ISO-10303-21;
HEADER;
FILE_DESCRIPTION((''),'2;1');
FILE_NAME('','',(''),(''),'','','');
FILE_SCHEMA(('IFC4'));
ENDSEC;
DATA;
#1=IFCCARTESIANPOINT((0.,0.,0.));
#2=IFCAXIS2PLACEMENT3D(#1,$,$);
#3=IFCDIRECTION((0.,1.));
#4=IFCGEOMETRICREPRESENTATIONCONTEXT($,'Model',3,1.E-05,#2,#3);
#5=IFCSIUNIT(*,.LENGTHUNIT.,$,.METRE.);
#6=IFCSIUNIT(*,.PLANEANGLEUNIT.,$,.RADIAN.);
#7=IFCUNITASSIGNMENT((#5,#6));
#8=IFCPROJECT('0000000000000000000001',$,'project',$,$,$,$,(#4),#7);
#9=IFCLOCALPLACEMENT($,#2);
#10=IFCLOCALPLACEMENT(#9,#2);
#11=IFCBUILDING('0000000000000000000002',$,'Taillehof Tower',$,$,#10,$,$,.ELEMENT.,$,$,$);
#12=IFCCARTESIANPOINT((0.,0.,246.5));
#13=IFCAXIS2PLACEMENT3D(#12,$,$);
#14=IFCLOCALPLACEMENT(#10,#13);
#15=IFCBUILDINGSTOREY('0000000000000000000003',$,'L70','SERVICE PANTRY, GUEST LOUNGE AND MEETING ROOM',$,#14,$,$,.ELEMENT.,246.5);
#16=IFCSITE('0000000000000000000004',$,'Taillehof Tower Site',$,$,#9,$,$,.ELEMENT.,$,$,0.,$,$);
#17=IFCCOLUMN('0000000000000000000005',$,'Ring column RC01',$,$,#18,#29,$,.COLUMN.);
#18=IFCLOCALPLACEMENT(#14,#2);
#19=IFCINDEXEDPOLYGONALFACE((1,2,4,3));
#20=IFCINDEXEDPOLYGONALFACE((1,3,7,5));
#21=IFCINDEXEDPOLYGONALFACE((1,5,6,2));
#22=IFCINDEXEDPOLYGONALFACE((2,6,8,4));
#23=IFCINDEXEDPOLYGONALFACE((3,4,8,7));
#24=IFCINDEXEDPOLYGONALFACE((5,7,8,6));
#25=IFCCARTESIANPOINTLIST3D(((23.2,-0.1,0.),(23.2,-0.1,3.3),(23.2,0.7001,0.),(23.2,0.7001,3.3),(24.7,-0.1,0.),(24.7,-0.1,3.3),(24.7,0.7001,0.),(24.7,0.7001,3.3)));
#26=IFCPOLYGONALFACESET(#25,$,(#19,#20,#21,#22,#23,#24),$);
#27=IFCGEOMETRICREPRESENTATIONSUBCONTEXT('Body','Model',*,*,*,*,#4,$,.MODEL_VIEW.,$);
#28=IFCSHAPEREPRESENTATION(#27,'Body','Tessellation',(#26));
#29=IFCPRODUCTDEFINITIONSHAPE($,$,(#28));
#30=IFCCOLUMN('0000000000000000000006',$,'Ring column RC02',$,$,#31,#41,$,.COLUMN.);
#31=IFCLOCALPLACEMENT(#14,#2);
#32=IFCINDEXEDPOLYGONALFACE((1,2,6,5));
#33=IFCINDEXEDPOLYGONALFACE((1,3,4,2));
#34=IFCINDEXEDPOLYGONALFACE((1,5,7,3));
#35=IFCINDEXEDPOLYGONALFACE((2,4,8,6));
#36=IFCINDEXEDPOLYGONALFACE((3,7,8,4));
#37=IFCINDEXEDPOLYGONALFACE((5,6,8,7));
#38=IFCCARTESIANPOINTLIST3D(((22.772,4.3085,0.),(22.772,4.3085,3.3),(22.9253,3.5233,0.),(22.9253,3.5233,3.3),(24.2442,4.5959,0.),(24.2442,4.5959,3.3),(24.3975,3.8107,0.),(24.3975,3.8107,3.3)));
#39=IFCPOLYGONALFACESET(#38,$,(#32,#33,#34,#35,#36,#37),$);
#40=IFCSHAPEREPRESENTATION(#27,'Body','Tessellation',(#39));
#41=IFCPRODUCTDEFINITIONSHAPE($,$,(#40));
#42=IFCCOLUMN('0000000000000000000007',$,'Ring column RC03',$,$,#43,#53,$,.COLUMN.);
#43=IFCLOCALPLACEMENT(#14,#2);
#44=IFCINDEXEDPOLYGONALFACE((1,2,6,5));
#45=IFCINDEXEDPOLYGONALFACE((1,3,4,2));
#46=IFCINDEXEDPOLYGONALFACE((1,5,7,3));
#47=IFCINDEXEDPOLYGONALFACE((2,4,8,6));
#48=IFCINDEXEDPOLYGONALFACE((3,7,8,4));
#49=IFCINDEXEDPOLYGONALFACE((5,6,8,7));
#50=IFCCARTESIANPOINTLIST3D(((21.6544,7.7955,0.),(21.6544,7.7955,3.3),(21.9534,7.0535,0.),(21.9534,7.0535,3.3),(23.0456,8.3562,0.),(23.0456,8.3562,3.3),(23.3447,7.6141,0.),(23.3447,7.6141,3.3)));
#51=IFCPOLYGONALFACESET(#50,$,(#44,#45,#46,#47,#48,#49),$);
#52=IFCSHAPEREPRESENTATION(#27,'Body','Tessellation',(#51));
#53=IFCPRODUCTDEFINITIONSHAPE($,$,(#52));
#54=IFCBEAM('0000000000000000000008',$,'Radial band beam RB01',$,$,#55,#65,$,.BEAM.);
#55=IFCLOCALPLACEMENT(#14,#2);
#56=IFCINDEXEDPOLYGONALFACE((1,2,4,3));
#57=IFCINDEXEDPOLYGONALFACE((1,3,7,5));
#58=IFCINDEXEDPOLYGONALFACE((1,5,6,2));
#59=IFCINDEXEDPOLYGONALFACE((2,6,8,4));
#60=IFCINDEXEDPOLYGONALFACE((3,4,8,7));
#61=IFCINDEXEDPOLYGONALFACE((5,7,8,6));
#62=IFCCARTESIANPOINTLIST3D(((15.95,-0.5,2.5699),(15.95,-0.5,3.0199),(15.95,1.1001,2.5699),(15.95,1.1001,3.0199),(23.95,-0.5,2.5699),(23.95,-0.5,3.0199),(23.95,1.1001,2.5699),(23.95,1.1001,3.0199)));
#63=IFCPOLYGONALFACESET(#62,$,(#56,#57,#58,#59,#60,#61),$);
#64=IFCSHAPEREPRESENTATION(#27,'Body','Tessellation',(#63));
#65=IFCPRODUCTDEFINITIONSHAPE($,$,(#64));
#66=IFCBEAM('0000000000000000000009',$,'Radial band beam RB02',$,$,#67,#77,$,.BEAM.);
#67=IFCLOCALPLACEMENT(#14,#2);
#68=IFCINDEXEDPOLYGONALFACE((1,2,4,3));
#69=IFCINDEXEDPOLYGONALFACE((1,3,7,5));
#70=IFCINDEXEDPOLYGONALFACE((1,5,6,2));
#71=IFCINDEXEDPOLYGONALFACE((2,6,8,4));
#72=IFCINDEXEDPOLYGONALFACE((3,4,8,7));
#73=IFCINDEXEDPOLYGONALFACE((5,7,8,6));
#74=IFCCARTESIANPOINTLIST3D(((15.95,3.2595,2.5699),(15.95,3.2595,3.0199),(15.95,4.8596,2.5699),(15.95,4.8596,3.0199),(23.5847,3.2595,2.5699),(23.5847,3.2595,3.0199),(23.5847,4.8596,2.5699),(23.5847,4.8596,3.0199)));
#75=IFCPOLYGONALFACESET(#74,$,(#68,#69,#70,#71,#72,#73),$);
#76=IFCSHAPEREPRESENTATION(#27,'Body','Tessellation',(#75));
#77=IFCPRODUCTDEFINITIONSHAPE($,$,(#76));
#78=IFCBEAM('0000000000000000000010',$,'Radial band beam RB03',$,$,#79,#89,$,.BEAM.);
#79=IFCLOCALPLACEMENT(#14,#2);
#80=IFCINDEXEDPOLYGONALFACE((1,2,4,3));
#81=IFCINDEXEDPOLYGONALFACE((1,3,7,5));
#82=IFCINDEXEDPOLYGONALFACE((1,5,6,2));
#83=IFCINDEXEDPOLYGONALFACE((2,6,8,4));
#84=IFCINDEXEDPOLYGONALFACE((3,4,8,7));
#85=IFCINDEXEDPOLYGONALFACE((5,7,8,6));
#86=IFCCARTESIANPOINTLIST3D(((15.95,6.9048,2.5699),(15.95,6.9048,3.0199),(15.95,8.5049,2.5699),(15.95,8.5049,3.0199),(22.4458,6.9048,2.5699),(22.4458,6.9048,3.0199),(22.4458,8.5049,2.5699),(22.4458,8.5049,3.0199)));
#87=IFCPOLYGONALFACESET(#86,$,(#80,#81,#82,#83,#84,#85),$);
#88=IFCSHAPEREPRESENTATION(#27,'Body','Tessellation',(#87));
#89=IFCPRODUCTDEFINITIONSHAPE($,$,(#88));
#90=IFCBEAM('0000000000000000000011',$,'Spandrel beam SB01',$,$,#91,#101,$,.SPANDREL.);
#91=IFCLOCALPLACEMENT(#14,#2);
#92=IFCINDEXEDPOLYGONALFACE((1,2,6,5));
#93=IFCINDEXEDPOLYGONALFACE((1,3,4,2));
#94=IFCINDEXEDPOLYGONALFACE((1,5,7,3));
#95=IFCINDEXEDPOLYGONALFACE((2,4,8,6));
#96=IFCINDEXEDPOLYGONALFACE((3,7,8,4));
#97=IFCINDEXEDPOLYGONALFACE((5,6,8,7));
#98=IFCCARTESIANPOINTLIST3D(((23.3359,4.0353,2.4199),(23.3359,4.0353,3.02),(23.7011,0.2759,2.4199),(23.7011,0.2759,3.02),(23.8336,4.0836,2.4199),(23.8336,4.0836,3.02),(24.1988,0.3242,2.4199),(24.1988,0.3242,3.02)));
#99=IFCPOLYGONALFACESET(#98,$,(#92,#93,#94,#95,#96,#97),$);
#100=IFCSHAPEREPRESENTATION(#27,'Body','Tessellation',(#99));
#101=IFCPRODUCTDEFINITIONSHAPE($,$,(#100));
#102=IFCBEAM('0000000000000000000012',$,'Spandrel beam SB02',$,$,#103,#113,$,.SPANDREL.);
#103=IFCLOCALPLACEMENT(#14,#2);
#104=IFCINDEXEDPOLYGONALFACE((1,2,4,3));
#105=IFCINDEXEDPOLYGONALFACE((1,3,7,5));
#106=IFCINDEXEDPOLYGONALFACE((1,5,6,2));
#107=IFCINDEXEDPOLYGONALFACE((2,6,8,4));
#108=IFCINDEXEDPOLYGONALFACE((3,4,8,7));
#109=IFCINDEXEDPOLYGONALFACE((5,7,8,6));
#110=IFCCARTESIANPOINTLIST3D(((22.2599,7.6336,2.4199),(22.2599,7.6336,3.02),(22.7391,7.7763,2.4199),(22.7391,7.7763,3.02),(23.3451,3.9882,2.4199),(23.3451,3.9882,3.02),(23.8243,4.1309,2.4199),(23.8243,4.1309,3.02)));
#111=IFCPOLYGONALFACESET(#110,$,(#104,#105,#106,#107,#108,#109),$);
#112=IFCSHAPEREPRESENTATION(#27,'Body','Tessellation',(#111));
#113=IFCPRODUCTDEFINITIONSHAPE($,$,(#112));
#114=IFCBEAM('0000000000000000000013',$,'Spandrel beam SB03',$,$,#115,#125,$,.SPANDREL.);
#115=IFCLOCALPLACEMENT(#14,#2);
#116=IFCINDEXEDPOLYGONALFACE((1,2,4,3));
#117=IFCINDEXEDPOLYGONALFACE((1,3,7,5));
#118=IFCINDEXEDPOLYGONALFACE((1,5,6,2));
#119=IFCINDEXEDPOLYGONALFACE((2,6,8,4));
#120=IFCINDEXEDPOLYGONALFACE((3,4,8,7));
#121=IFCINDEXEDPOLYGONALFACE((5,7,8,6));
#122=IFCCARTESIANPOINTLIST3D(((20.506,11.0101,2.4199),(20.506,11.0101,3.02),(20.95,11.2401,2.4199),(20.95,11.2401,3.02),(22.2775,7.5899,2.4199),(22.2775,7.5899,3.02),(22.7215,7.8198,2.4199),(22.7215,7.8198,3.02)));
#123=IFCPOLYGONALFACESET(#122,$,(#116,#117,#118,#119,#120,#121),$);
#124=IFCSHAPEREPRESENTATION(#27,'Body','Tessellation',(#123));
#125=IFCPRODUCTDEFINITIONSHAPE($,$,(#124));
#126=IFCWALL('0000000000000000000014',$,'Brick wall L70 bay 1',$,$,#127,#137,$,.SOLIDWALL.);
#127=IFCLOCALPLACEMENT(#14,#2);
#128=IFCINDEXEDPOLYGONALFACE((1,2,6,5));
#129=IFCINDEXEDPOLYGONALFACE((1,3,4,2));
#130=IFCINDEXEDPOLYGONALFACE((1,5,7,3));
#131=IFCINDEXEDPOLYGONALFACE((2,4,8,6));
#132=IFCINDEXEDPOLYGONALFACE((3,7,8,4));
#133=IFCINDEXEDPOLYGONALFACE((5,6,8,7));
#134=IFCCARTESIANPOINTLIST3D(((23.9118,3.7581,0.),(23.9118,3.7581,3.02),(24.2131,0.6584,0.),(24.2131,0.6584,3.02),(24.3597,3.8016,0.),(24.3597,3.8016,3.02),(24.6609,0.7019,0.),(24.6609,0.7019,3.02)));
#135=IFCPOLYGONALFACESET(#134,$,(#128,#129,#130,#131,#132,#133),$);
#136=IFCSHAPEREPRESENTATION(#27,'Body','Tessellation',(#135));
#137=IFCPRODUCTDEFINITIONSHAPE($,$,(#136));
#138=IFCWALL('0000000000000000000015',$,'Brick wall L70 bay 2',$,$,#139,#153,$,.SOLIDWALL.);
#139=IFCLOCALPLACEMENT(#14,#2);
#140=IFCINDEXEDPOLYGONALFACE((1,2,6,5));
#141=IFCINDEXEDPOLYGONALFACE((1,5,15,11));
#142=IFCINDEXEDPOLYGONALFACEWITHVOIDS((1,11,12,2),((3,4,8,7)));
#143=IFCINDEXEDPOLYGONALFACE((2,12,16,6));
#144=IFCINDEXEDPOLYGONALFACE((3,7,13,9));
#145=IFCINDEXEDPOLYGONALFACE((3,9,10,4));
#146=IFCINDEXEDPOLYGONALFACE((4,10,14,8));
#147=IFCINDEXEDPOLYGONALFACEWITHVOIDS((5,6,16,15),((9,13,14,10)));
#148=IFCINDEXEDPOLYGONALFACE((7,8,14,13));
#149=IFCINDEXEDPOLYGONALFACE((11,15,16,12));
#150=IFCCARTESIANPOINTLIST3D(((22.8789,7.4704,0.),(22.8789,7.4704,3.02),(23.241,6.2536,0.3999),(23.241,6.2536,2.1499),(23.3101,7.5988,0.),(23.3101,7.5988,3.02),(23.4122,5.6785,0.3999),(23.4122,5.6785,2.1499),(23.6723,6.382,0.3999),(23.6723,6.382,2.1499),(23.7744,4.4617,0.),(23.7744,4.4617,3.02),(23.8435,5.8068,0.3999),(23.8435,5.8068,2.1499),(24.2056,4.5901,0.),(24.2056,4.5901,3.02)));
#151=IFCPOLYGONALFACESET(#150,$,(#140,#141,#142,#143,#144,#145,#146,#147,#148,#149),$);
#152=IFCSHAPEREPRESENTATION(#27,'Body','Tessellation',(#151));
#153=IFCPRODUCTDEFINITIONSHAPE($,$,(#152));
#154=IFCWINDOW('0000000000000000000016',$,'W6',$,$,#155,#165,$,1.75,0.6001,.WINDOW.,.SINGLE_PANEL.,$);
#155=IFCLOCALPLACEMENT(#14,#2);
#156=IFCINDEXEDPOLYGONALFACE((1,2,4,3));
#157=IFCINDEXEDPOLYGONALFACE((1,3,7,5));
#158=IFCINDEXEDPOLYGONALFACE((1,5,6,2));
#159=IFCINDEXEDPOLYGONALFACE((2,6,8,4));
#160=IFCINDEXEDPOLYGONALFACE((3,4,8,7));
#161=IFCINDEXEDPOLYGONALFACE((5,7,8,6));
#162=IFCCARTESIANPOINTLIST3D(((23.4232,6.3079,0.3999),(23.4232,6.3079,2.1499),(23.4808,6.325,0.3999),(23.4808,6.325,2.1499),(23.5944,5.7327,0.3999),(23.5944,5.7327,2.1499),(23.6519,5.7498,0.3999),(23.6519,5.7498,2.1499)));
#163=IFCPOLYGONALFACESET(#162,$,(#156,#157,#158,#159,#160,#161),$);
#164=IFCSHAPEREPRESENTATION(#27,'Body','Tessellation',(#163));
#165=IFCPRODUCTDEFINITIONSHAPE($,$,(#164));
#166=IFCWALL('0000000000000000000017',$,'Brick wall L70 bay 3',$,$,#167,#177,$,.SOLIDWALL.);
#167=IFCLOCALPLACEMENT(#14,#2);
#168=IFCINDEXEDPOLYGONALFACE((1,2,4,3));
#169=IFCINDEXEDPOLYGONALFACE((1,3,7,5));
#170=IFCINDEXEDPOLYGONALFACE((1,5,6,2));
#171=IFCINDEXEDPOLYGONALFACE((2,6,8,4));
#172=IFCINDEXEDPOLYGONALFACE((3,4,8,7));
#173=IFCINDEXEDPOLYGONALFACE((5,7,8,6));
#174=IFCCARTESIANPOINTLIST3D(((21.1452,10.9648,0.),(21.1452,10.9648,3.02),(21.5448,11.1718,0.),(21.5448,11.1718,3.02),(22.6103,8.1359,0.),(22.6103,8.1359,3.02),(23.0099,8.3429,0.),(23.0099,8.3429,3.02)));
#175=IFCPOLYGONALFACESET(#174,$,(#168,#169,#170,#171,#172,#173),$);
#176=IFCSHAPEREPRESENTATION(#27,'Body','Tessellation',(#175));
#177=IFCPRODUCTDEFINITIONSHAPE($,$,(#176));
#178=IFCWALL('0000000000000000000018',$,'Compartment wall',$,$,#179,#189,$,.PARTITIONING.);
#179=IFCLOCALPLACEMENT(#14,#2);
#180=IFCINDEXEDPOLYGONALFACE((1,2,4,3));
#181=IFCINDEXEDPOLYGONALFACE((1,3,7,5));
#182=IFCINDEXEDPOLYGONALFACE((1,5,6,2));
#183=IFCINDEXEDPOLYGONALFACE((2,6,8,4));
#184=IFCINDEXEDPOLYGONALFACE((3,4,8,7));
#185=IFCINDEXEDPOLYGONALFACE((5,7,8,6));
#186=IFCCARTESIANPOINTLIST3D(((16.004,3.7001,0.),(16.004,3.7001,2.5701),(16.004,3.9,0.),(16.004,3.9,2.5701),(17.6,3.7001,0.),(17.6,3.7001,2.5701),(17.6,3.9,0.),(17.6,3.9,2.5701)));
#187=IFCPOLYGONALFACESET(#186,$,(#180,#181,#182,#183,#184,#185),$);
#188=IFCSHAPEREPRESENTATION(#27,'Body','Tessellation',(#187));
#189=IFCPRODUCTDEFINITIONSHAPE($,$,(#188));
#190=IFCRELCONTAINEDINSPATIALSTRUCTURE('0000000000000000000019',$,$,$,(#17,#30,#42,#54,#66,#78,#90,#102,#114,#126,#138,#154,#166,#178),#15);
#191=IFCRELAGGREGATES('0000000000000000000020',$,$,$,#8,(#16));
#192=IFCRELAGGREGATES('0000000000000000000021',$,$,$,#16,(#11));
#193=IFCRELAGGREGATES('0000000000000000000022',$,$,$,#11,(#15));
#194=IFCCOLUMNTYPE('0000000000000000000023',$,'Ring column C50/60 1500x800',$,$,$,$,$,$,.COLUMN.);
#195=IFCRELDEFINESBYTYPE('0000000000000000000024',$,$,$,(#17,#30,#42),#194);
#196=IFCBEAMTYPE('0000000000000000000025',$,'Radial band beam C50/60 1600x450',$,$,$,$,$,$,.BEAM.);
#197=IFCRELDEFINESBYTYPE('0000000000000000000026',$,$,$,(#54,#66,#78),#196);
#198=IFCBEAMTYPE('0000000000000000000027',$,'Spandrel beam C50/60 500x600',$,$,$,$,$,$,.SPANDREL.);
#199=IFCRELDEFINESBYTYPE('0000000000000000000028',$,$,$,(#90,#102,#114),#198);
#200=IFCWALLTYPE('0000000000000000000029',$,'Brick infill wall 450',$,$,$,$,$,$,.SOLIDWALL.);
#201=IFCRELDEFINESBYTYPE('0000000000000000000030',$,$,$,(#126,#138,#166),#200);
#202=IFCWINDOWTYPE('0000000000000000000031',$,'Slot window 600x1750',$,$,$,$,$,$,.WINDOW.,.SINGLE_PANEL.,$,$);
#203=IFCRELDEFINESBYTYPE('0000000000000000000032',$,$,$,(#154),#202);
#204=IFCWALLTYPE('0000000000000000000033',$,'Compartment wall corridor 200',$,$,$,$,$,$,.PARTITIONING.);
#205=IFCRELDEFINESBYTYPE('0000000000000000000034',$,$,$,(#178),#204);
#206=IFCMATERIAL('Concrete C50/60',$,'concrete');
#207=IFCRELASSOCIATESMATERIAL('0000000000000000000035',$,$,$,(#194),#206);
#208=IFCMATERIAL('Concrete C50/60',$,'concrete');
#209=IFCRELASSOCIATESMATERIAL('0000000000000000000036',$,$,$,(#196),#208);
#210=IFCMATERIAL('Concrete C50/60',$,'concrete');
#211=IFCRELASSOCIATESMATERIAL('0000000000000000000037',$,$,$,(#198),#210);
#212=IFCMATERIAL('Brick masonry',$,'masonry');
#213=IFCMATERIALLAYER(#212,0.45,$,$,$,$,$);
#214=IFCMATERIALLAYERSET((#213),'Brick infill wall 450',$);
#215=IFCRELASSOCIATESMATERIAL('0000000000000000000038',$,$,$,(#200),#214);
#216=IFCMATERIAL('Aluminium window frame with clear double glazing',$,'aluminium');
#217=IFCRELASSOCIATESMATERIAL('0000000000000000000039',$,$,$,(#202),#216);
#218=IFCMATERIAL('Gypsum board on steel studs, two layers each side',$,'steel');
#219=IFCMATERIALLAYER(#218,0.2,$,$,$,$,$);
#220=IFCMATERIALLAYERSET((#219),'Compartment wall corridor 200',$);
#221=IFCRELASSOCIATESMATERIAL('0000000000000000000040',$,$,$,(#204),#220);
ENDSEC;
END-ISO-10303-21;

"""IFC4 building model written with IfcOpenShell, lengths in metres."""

from ifc_helpers import new_model, si_unit, direction, frame, frame_2d, origin, origin_2d, place, context, subcontext, project, spatial, rectangle, extrude, material, layer, layer_set, material_profile, profile_set, type_object, element, fill, save


model = new_model("IFC4")

# Units and contexts
model_context = context("Model", 3, precision=1e-05, world=origin(), true_north=direction((0.0, 1.0)))
body_context = subcontext(model_context, "Body", "Model", "MODEL_VIEW")
ifc_project = project(units=[si_unit("LENGTHUNIT", "METRE"), si_unit("PLANEANGLEUNIT", "RADIAN")], contexts=[model_context])

# Site, building, storey
site_placement = place(None, origin())
site = spatial("IfcSite", under=ifc_project, at=site_placement, Name="Taillehof Tower Site", CompositionType="ELEMENT", RefElevation=0.0)
building_placement = place(site_placement, origin())
building = spatial("IfcBuilding", under=site, at=building_placement, Name="Taillehof Tower", CompositionType="ELEMENT")
storey_placement = place(building_placement, frame((0.0, 0.0, 246.5)))
storey = spatial("IfcBuildingStorey", under=building, at=storey_placement, Name="L70", Description="SERVICE PANTRY, GUEST LOUNGE AND MEETING ROOM", CompositionType="ELEMENT", Elevation=246.5)

# Columns
ifc_material_1 = material(Name="Concrete C50/60", Category="concrete")
ifc_material_profile_1 = material_profile(ifc_material_1, rectangle(XDim=1.5, YDim=0.8, at=origin_2d()), Name="RC 1500x800")
ifc_profile_set_1 = profile_set([ifc_material_profile_1], Name="Concrete C50/60")
column_type = type_object("IfcColumnType", Name="Ring column C50/60 1500x800", PredefinedType="COLUMN", material=ifc_profile_set_1)
for number, where, z_axis, x_axis, name in (
    (1, (23.95, 0.3, 0.0), (0.0, 0.0, 1.0), (1.0, 0.0, 0.0), "Ring column RC01"),
    (2, (23.5847, 4.0596, 0.0), (0.0, 0.0, 1.0), (0.981473, 0.191602, 0.0), "Ring column RC02"),
    (3, (22.4995, 7.7048, 0.0), (0.0, 0.0, 1.0), (0.927525, 0.373762, 0.0), "Ring column RC03"),
):
    element("IfcColumn", number, at=place(storey_placement, frame(where, z_axis=z_axis, x_axis=x_axis)), inside=storey, type_object=column_type, Name=name, PredefinedType="COLUMN", context=body_context, shape_type="SweptSolid", body=[
        extrude(rectangle(XDim=1.5, YDim=0.8, at=origin_2d()), origin(), (0.0, 0.0, 1.0), 3.3),
    ])

# Beams
ifc_material_2 = material(Name="Concrete C50/60", Category="concrete")
ifc_material_profile_2 = material_profile(ifc_material_2, rectangle(XDim=1.6001, YDim=0.45, at=origin_2d()), Name="RC 1600x450")
ifc_profile_set_2 = profile_set([ifc_material_profile_2], Name="Concrete C50/60")
beam_type_1 = type_object("IfcBeamType", Name="Radial band beam C50/60 1600x450", PredefinedType="BEAM", material=ifc_profile_set_2)
beam_1_placement = place(storey_placement, frame((23.95, 0.3, 2.7949), z_axis=(-1.0, 0.0, 0.0), x_axis=(0.0, -1.0, 0.0)))
element("IfcBeam", 4, at=beam_1_placement, inside=storey, type_object=beam_type_1, Name="Radial band beam RB01", PredefinedType="BEAM", context=body_context, shape_type="SweptSolid", body=[
    extrude(rectangle(XDim=1.6001, YDim=0.45, at=origin_2d()), origin(), (0.0, 0.0, 1.0), 8.0),
])
beam_2_placement = place(storey_placement, frame((23.5847, 4.0596, 2.7949), z_axis=(-1.0, 0.0, 0.0), x_axis=(0.0, -1.0, 0.0)))
element("IfcBeam", 5, at=beam_2_placement, inside=storey, type_object=beam_type_1, Name="Radial band beam RB02", PredefinedType="BEAM", context=body_context, shape_type="SweptSolid", body=[
    extrude(rectangle(XDim=1.6001, YDim=0.45, at=origin_2d()), origin(), (0.0, 0.0, 1.0), 7.6348),
])
beam_3_placement = place(storey_placement, frame((22.4458, 7.7048, 2.7949), z_axis=(-1.0, 0.0, 0.0), x_axis=(0.0, -1.0, 0.0)))
element("IfcBeam", 6, at=beam_3_placement, inside=storey, type_object=beam_type_1, Name="Radial band beam RB03", PredefinedType="BEAM", context=body_context, shape_type="SweptSolid", body=[
    extrude(rectangle(XDim=1.6001, YDim=0.45, at=origin_2d()), origin(), (0.0, 0.0, 1.0), 6.4958),
])
ifc_material_3 = material(Name="Concrete C50/60", Category="concrete")
ifc_material_profile_3 = material_profile(ifc_material_3, rectangle(XDim=0.5, YDim=0.6001, at=origin_2d()), Name="RC 500x600")
ifc_profile_set_3 = profile_set([ifc_material_profile_3], Name="Concrete C50/60")
beam_type_2 = type_object("IfcBeamType", Name="Spandrel beam C50/60 500x600", PredefinedType="SPANDREL", material=ifc_profile_set_3)
beam_4_placement = place(storey_placement, frame((23.95, 0.3, 2.72), z_axis=(-0.096694, 0.995314, 0.0), x_axis=(-0.995314, -0.096694, 0.0)))
element("IfcBeam", 7, at=beam_4_placement, inside=storey, type_object=beam_type_2, Name="Spandrel beam SB01", PredefinedType="SPANDREL", context=body_context, shape_type="SweptSolid", body=[
    extrude(rectangle(XDim=0.5, YDim=0.6001, at=origin_2d()), origin(), (0.0, 0.0, 1.0), 3.7771),
])
beam_5_placement = place(storey_placement, frame((23.5847, 4.0596, 2.72), z_axis=(-0.285327, 0.95843, 0.0), x_axis=(-0.95843, -0.285327, 0.0)))
element("IfcBeam", 8, at=beam_5_placement, inside=storey, type_object=beam_type_2, Name="Spandrel beam SB02", PredefinedType="SPANDREL", context=body_context, shape_type="SweptSolid", body=[
    extrude(rectangle(XDim=0.5, YDim=0.6001, at=origin_2d()), origin(), (0.0, 0.0, 1.0), 3.8035),
])
beam_6_placement = place(storey_placement, frame((22.4995, 7.7048, 2.72), z_axis=(-0.459921, 0.88796, 0.0), x_axis=(-0.88796, -0.459921, 0.0)))
element("IfcBeam", 9, at=beam_6_placement, inside=storey, type_object=beam_type_2, Name="Spandrel beam SB03", PredefinedType="SPANDREL", context=body_context, shape_type="SweptSolid", body=[
    extrude(rectangle(XDim=0.5, YDim=0.6001, at=origin_2d()), origin(), (0.0, 0.0, 1.0), 3.8518),
])

# Wall
ifc_material_4 = material(Name="Brick masonry", Category="masonry")
ifc_layer_1 = layer(ifc_material_4, 0.45)
ifc_layer_set_1 = layer_set([ifc_layer_1], Name="Brick infill wall 450")
wall_type_1 = type_object("IfcWallType", Name="Brick infill wall 450", PredefinedType="SOLIDWALL", material=ifc_layer_set_1)
wall_1_placement = place(storey_placement, frame((24.437, 0.6802, 0.0), z_axis=(0.0, 0.0, 1.0), x_axis=(-0.09674, 0.99531, 0.0)))
element("IfcWall", 10, at=wall_1_placement, inside=storey, type_object=wall_type_1, Name="Brick wall L70 bay 1", PredefinedType="SOLIDWALL", context=body_context, shape_type="SweptSolid", body=[
    extrude(rectangle(XDim=3.1143, YDim=0.45, at=frame_2d((1.5571, 0.0))), origin(), (0.0, 0.0, 1.0), 3.02),
])

# Wall, opening, window
wall_2_placement = place(storey_placement, frame((23.99, 4.5259, 0.0), z_axis=(0.0, 0.0, 1.0), x_axis=(-0.285264, 0.958449, 0.0)))
wall_2 = element("IfcWall", 11, at=wall_2_placement, inside=storey, type_object=wall_type_1, Name="Brick wall L70 bay 2", PredefinedType="SOLIDWALL", context=body_context, shape_type="SweptSolid", body=[
    extrude(rectangle(XDim=3.1392, YDim=0.45, at=frame_2d((1.5696, 0.0))), origin(), (0.0, 0.0, 1.0), 3.02),
])
opening_placement = place(wall_2_placement, frame((1.2695, 0.0, 0.3999)))
opening = element("IfcOpeningElement", 12, at=opening_placement, cuts=wall_2, PredefinedType="OPENING", context=body_context, shape_type="SweptSolid", body=[
    extrude(rectangle(XDim=0.6001, YDim=1.75, at=frame_2d((0.3, 0.875))), frame((0.0, 0.2349, 0.0), z_axis=(0.0, -1.0, 0.0), x_axis=(1.0, 0.0, 0.0)), (0.0, 0.0, 1.0), 0.47),
])
ifc_material_5 = material(Name="Aluminium window frame with clear double glazing", Category="aluminium")
window_type = type_object("IfcWindowType", Name="Slot window 600x1750", PartitioningType="SINGLE_PANEL", PredefinedType="WINDOW", material=ifc_material_5)
window_placement = place(opening_placement, origin())
window = element("IfcWindow", 13, at=window_placement, inside=storey, type_object=window_type, Name="W6", OverallHeight=1.75, OverallWidth=0.6001, PartitioningType="SINGLE_PANEL", PredefinedType="WINDOW", context=body_context, shape_type="SweptSolid", body=[
    extrude(rectangle(XDim=0.6001, YDim=1.75, at=frame_2d((0.3, 0.875))), frame((0.0, 0.0349, 0.0), z_axis=(0.0, -1.0, 0.0), x_axis=(1.0, 0.0, 0.0)), (0.0, 0.0, 1.0), 0.0601),
])
fill(opening, window)

# Walls
wall_3_placement = place(storey_placement, frame((22.8101, 8.2395, 0.0), z_axis=(0.0, 0.0, 1.0), x_axis=(-0.45989, 0.887976, 0.0)))
element("IfcWall", 14, at=wall_3_placement, inside=storey, type_object=wall_type_1, Name="Brick wall L70 bay 3", PredefinedType="SOLIDWALL", context=body_context, shape_type="SweptSolid", body=[
    extrude(rectangle(XDim=3.1858, YDim=0.45, at=frame_2d((1.5928, 0.0))), origin(), (0.0, 0.0, 1.0), 3.02),
])
ifc_material_6 = material(Name="Gypsum board on steel studs, two layers each side", Category="steel")
ifc_layer_2 = layer(ifc_material_6, 0.2)
ifc_layer_set_2 = layer_set([ifc_layer_2], Name="Compartment wall corridor 200")
wall_type_2 = type_object("IfcWallType", Name="Compartment wall corridor 200", PredefinedType="PARTITIONING", material=ifc_layer_set_2)
wall_4_placement = place(storey_placement, frame((17.5999, 3.8, 0.0), z_axis=(0.0, 0.0, 1.0), x_axis=(-1.0, 0.0, 0.0)))
element("IfcWall", 15, at=wall_4_placement, inside=storey, type_object=wall_type_2, Name="Compartment wall", PredefinedType="PARTITIONING", context=body_context, shape_type="SweptSolid", body=[
    extrude(rectangle(XDim=1.5959, YDim=0.2, at=frame_2d((0.7979, 0.0))), origin(), (0.0, 0.0, 1.0), 2.5701),
])

save(model, "model.ifc")
